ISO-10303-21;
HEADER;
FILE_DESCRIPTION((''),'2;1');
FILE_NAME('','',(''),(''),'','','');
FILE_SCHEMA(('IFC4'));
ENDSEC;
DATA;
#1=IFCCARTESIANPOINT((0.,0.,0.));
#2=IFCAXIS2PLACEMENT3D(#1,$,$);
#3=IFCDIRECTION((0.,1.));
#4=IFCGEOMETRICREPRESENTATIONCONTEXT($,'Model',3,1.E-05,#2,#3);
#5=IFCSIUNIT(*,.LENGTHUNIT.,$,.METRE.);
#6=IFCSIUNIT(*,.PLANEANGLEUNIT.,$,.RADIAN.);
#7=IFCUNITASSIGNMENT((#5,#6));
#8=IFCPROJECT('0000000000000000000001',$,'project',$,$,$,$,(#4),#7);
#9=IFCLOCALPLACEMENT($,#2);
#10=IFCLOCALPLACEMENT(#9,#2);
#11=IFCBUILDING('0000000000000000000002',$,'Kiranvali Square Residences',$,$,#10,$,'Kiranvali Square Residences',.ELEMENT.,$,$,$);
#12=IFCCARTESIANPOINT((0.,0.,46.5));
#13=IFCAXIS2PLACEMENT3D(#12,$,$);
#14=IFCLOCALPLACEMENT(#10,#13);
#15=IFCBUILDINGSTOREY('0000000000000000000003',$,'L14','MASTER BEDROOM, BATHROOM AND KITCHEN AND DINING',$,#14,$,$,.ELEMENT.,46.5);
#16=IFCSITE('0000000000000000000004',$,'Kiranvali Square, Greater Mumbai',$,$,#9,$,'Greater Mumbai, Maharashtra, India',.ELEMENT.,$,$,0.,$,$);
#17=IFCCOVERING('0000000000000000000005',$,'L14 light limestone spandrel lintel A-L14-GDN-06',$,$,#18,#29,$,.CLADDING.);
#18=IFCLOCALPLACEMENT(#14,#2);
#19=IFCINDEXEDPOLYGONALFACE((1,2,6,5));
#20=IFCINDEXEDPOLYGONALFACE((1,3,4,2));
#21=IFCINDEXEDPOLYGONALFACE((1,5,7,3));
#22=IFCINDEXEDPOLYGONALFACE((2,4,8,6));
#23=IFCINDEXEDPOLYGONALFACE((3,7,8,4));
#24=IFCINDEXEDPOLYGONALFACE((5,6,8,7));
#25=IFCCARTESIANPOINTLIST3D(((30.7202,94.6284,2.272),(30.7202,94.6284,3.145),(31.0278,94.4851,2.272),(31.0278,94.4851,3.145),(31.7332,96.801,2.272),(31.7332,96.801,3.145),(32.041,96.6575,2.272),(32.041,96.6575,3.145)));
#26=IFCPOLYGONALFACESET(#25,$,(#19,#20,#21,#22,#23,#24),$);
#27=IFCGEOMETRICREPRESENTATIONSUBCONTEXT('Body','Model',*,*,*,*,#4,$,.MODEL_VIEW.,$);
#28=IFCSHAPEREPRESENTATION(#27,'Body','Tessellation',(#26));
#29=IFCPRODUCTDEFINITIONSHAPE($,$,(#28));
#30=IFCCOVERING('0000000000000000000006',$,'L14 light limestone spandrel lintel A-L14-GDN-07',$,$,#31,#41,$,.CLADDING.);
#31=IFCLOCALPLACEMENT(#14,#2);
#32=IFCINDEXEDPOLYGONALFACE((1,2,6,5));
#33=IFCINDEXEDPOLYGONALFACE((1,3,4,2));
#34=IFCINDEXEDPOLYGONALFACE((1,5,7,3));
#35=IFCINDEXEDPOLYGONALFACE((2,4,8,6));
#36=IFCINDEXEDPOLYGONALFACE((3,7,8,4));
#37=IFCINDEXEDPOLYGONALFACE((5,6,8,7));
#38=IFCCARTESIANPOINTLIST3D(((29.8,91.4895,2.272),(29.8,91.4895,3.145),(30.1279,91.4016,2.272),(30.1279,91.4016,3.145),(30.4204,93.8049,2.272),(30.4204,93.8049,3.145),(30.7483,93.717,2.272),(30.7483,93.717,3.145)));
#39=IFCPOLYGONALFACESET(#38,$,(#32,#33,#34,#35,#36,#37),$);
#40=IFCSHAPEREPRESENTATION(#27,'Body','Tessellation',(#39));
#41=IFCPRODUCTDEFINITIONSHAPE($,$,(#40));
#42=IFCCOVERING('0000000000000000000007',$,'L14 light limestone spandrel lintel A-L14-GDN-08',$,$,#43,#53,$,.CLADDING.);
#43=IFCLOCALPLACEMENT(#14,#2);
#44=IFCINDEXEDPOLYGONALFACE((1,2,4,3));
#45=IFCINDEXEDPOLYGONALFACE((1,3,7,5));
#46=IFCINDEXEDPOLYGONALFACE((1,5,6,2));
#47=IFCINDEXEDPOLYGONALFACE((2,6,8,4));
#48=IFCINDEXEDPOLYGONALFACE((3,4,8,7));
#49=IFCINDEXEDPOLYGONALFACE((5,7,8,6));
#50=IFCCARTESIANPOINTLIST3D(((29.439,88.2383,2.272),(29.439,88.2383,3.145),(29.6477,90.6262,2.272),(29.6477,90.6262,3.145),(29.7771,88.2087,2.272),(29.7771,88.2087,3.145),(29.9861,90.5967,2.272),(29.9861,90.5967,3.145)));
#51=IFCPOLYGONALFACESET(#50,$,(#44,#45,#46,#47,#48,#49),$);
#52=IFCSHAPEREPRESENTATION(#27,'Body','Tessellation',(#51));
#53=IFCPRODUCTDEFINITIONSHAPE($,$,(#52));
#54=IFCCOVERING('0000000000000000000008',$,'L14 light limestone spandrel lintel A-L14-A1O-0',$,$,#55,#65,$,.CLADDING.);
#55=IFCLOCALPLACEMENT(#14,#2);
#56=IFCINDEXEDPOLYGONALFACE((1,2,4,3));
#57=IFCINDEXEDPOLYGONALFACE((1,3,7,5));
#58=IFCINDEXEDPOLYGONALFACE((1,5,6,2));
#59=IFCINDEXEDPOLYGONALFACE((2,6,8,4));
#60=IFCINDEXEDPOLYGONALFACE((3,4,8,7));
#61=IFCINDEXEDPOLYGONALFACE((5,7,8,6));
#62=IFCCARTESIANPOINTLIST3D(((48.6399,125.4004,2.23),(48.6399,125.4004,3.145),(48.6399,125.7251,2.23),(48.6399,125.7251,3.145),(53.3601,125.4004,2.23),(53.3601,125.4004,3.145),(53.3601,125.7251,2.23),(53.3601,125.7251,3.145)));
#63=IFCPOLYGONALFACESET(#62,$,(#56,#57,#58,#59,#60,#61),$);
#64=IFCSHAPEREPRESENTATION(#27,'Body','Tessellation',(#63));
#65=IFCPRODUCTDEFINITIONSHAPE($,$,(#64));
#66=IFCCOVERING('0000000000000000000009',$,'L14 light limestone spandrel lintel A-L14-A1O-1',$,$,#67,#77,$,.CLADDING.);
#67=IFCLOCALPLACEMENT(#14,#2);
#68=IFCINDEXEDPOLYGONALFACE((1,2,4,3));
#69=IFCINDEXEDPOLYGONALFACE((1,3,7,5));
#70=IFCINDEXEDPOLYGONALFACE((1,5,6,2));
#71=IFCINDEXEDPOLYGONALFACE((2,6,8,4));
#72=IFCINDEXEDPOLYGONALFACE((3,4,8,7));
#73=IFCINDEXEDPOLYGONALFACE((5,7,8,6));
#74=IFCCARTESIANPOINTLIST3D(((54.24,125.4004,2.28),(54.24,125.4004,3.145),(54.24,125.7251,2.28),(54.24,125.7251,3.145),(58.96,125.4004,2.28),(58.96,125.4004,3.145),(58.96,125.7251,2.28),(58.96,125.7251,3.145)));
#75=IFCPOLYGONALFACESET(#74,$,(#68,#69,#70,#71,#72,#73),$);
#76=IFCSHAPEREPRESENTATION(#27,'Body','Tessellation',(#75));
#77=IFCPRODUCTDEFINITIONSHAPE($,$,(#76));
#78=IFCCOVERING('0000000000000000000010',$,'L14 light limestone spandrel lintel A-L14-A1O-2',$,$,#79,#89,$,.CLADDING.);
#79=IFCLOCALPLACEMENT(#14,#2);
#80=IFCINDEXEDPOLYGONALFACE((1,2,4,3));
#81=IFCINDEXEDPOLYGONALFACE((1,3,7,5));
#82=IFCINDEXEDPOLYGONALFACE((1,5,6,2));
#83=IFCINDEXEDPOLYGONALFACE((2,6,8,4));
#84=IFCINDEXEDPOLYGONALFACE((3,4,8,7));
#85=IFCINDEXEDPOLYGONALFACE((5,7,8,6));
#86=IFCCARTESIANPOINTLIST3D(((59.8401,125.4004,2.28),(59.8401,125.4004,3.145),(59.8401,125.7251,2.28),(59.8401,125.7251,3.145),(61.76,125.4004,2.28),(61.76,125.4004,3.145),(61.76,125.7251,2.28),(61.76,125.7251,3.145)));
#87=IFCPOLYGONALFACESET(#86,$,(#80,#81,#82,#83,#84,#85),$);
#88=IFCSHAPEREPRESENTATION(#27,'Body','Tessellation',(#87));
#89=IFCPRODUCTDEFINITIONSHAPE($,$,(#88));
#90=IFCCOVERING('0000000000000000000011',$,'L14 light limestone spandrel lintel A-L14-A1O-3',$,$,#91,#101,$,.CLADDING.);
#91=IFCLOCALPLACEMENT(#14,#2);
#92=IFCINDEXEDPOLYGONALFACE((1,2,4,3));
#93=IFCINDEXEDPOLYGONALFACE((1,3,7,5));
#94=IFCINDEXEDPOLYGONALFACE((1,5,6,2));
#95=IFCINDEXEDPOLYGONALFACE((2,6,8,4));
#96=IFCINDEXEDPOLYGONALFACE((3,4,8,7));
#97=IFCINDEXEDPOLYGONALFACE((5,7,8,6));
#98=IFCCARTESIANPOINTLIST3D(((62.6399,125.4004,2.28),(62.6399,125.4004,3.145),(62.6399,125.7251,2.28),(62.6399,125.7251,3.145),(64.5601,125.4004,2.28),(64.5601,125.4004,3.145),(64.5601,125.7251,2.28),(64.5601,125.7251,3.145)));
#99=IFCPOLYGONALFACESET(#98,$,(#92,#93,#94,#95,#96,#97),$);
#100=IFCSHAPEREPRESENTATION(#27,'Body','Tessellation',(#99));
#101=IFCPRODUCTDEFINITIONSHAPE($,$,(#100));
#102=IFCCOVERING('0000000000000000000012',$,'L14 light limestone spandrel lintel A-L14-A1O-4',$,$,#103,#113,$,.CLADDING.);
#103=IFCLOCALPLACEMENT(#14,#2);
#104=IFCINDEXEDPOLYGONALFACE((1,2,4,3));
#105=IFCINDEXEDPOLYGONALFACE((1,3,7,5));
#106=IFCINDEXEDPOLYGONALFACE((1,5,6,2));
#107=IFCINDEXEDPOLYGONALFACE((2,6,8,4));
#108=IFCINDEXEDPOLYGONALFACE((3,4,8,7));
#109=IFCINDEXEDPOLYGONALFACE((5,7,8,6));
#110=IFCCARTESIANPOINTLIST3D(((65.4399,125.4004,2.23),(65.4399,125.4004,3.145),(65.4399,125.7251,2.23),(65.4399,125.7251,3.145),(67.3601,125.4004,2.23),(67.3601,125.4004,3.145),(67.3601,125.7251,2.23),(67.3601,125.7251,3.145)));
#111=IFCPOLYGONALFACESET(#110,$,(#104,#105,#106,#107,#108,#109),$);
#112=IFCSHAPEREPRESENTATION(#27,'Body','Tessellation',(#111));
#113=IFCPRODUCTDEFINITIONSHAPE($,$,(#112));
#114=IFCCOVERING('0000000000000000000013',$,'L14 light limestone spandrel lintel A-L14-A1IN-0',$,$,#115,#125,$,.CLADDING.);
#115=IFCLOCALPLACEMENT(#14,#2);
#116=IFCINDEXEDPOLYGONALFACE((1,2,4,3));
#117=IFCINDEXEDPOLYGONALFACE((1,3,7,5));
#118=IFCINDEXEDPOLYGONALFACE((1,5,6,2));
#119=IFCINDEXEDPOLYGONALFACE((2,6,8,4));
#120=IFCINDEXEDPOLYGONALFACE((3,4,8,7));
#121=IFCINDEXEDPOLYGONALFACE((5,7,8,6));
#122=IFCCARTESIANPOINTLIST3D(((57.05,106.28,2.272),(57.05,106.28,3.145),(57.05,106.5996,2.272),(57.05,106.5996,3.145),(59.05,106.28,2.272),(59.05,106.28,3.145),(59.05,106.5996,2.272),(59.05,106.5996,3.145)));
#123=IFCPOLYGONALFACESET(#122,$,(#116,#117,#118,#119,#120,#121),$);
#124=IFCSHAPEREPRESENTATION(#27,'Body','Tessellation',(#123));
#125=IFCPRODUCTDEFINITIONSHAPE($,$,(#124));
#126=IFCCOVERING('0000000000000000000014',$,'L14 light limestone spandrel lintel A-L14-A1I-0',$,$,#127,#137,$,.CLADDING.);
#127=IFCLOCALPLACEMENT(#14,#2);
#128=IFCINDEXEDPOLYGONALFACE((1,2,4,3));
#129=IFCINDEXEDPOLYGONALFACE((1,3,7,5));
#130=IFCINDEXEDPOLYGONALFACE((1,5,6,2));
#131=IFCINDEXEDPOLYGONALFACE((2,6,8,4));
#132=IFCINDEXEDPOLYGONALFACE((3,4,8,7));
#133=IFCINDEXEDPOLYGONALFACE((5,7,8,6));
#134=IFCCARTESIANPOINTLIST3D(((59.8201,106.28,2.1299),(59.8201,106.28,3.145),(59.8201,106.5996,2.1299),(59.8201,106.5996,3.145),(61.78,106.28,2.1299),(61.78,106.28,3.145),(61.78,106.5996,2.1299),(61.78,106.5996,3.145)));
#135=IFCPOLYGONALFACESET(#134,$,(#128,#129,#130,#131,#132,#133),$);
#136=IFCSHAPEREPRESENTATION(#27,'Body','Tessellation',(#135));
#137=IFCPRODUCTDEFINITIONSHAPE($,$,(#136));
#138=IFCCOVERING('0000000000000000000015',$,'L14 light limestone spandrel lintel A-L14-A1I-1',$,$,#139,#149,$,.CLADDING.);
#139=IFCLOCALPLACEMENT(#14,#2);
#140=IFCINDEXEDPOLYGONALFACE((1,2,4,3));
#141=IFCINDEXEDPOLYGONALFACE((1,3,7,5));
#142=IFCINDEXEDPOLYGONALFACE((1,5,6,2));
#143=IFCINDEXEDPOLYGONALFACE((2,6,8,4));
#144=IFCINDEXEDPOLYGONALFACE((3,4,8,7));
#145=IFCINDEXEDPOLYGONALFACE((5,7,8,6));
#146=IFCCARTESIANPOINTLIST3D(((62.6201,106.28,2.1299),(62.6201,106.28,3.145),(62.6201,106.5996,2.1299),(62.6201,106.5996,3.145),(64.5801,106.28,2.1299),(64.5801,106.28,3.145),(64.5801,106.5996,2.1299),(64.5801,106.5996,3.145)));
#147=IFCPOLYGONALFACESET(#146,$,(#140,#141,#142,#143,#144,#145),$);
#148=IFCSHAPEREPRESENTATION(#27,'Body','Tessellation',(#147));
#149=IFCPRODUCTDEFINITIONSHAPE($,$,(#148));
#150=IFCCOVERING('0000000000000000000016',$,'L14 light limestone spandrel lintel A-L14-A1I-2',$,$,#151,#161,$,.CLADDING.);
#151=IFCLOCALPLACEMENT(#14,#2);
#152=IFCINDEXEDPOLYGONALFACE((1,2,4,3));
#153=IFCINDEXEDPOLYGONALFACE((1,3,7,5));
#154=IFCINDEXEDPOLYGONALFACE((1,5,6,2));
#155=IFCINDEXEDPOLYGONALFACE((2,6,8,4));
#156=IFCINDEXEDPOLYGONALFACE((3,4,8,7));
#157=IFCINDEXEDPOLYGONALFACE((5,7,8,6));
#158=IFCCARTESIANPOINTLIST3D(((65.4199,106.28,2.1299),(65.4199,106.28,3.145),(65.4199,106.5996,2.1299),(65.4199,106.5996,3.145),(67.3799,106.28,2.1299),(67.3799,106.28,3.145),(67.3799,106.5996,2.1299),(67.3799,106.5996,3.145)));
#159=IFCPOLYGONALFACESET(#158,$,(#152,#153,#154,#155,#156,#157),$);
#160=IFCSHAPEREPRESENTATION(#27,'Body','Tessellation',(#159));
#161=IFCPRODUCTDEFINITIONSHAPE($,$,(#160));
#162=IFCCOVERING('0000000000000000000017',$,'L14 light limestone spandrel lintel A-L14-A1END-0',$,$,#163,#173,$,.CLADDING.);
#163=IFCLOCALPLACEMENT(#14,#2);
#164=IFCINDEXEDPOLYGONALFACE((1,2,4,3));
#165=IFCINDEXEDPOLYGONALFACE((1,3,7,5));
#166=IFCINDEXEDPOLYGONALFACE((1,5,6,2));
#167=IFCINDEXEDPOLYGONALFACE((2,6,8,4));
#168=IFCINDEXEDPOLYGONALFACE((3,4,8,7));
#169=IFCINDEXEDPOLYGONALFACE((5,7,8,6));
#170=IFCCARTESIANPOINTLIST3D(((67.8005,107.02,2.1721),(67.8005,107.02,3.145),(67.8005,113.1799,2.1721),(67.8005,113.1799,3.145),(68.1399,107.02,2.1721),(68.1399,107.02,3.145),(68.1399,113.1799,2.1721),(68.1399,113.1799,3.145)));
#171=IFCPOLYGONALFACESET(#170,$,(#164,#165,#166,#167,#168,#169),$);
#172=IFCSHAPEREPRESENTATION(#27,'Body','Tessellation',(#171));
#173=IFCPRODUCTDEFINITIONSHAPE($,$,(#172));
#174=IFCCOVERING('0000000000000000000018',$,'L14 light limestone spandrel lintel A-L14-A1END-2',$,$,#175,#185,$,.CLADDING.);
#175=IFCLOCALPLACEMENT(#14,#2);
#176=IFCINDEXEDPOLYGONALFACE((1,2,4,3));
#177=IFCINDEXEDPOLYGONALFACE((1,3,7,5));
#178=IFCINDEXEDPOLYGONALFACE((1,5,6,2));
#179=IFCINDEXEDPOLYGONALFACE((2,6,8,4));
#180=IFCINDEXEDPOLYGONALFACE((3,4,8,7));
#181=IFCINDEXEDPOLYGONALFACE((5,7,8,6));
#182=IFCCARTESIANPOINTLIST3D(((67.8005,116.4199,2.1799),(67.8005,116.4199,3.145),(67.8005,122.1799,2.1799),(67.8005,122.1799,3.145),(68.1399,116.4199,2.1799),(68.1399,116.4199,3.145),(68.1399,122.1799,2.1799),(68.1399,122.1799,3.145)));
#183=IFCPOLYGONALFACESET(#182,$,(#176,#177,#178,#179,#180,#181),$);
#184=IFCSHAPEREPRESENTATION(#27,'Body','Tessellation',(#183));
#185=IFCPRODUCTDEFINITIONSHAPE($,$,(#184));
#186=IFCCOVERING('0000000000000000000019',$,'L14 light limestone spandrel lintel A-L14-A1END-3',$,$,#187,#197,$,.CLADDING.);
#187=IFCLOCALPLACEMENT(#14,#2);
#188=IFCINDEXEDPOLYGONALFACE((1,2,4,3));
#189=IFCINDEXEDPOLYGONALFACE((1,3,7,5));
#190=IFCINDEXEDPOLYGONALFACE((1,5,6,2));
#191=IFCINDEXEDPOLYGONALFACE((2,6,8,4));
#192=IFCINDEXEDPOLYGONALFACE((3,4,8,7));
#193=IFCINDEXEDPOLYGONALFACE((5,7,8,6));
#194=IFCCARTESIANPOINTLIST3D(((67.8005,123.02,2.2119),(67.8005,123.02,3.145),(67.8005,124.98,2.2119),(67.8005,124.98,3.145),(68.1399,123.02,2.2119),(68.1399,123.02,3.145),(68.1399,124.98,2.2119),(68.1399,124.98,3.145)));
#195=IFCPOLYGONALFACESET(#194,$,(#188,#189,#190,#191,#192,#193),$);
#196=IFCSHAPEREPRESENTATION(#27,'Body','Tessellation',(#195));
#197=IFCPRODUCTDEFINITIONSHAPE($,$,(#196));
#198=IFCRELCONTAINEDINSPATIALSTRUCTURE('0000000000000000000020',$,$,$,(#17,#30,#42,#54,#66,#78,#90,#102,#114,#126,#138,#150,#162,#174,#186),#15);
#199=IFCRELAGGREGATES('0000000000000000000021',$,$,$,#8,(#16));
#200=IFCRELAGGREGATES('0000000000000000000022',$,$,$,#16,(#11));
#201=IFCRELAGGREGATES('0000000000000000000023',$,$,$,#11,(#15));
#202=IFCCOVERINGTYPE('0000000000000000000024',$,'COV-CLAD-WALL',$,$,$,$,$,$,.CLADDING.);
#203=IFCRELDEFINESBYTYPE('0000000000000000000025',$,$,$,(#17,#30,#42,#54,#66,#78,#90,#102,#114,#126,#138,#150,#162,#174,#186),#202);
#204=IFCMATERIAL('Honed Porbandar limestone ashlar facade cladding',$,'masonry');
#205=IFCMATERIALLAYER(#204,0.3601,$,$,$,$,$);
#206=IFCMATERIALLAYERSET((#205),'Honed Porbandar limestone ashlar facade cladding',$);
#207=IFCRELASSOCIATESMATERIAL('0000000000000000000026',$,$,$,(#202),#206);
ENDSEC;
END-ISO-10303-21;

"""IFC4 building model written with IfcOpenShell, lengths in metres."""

from ifc_helpers import new_model, si_unit, direction, frame, origin, place, context, subcontext, project, spatial, polyline, outline, extrude, material, layer, layer_set, type_object, element, save


model = new_model("IFC4")

# Units and contexts
model_context = context("Model", 3, precision=1e-05, world=origin(), true_north=direction((0.0, 1.0)))
body_context = subcontext(model_context, "Body", "Model", "MODEL_VIEW")
ifc_project = project(units=[si_unit("LENGTHUNIT", "METRE"), si_unit("PLANEANGLEUNIT", "RADIAN")], contexts=[model_context])

# Site, building, storey
site_placement = place(None, origin())
site = spatial("IfcSite", under=ifc_project, at=site_placement, Name="Kiranvali Square, Greater Mumbai", LongName="Greater Mumbai, Maharashtra, India", CompositionType="ELEMENT", RefElevation=0.0)
building_placement = place(site_placement, origin())
building = spatial("IfcBuilding", under=site, at=building_placement, Name="Kiranvali Square Residences", LongName="Kiranvali Square Residences", CompositionType="ELEMENT")
storey_placement = place(building_placement, frame((0.0, 0.0, 46.5)))
storey = spatial("IfcBuildingStorey", under=building, at=storey_placement, Name="L14", Description="MASTER BEDROOM, BATHROOM AND KITCHEN AND DINING", CompositionType="ELEMENT", Elevation=46.5)

# Coverings
ifc_material = material(Name="Honed Porbandar limestone ashlar facade cladding", Category="masonry")
ifc_layer = layer(ifc_material, 0.3601)
ifc_layer_set = layer_set([ifc_layer], Name="Honed Porbandar limestone ashlar facade cladding")
covering_type = type_object("IfcCoveringType", Name="COV-CLAD-WALL", PredefinedType="CLADDING", material=ifc_layer_set)
covering_1_placement = place(storey_placement, frame((0.0, 0.0, 2.272)))
element("IfcCovering", 1, at=covering_1_placement, inside=storey, type_object=covering_type, Name="L14 light limestone spandrel lintel A-L14-GDN-06", PredefinedType="CLADDING", context=body_context, shape_type="SweptSolid", body=[
    extrude(outline(polyline([(31.7332, 96.801), (30.7202, 94.6284), (31.0278, 94.4851), (32.041, 96.6575), (31.7332, 96.801)])), origin(), (0.0, 0.0, 1.0), 0.873),
])
covering_2_placement = place(storey_placement, frame((0.0, 0.0, 2.272)))
element("IfcCovering", 2, at=covering_2_placement, inside=storey, type_object=covering_type, Name="L14 light limestone spandrel lintel A-L14-GDN-07", PredefinedType="CLADDING", context=body_context, shape_type="SweptSolid", body=[
    extrude(outline(polyline([(30.4204, 93.8049), (29.8, 91.4895), (30.1279, 91.4016), (30.7483, 93.717), (30.4204, 93.8049)])), origin(), (0.0, 0.0, 1.0), 0.873),
])
covering_3_placement = place(storey_placement, frame((0.0, 0.0, 2.272)))
element("IfcCovering", 3, at=covering_3_placement, inside=storey, type_object=covering_type, Name="L14 light limestone spandrel lintel A-L14-GDN-08", PredefinedType="CLADDING", context=body_context, shape_type="SweptSolid", body=[
    extrude(outline(polyline([(29.6477, 90.6262), (29.439, 88.2383), (29.7771, 88.2087), (29.9861, 90.5967), (29.6477, 90.6262)])), origin(), (0.0, 0.0, 1.0), 0.873),
])
covering_4_placement = place(storey_placement, frame((0.0, 0.0, 2.23)))
element("IfcCovering", 4, at=covering_4_placement, inside=storey, type_object=covering_type, Name="L14 light limestone spandrel lintel A-L14-A1O-0", PredefinedType="CLADDING", context=body_context, shape_type="SweptSolid", body=[
    extrude(outline(polyline([(48.6399, 125.4004), (53.3601, 125.4004), (53.3601, 125.7251), (48.6399, 125.7251), (48.6399, 125.4004)])), origin(), (0.0, 0.0, 1.0), 0.915),
])
covering_5_placement = place(storey_placement, frame((0.0, 0.0, 2.28)))
element("IfcCovering", 5, at=covering_5_placement, inside=storey, type_object=covering_type, Name="L14 light limestone spandrel lintel A-L14-A1O-1", PredefinedType="CLADDING", context=body_context, shape_type="SweptSolid", body=[
    extrude(outline(polyline([(54.24, 125.4004), (58.96, 125.4004), (58.96, 125.7251), (54.24, 125.7251), (54.24, 125.4004)])), origin(), (0.0, 0.0, 1.0), 0.865),
])
covering_6_placement = place(storey_placement, frame((0.0, 0.0, 2.28)))
element("IfcCovering", 6, at=covering_6_placement, inside=storey, type_object=covering_type, Name="L14 light limestone spandrel lintel A-L14-A1O-2", PredefinedType="CLADDING", context=body_context, shape_type="SweptSolid", body=[
    extrude(outline(polyline([(59.8401, 125.4004), (61.76, 125.4004), (61.76, 125.7251), (59.8401, 125.7251), (59.8401, 125.4004)])), origin(), (0.0, 0.0, 1.0), 0.865),
])
covering_7_placement = place(storey_placement, frame((0.0, 0.0, 2.28)))
element("IfcCovering", 7, at=covering_7_placement, inside=storey, type_object=covering_type, Name="L14 light limestone spandrel lintel A-L14-A1O-3", PredefinedType="CLADDING", context=body_context, shape_type="SweptSolid", body=[
    extrude(outline(polyline([(62.6399, 125.4004), (64.5601, 125.4004), (64.5601, 125.7251), (62.6399, 125.7251), (62.6399, 125.4004)])), origin(), (0.0, 0.0, 1.0), 0.865),
])
covering_8_placement = place(storey_placement, frame((0.0, 0.0, 2.23)))
element("IfcCovering", 8, at=covering_8_placement, inside=storey, type_object=covering_type, Name="L14 light limestone spandrel lintel A-L14-A1O-4", PredefinedType="CLADDING", context=body_context, shape_type="SweptSolid", body=[
    extrude(outline(polyline([(65.4399, 125.4004), (67.3601, 125.4004), (67.3601, 125.7251), (65.4399, 125.7251), (65.4399, 125.4004)])), origin(), (0.0, 0.0, 1.0), 0.915),
])
covering_9_placement = place(storey_placement, frame((0.0, 0.0, 2.272)))
element("IfcCovering", 9, at=covering_9_placement, inside=storey, type_object=covering_type, Name="L14 light limestone spandrel lintel A-L14-A1IN-0", PredefinedType="CLADDING", context=body_context, shape_type="SweptSolid", body=[
    extrude(outline(polyline([(57.05, 106.28), (59.05, 106.28), (59.05, 106.5996), (57.05, 106.5996), (57.05, 106.28)])), origin(), (0.0, 0.0, 1.0), 0.873),
])
covering_10_placement = place(storey_placement, frame((0.0, 0.0, 2.1299)))
element("IfcCovering", 10, at=covering_10_placement, inside=storey, type_object=covering_type, Name="L14 light limestone spandrel lintel A-L14-A1I-0", PredefinedType="CLADDING", context=body_context, shape_type="SweptSolid", body=[
    extrude(outline(polyline([(59.8201, 106.28), (61.78, 106.28), (61.78, 106.5996), (59.8201, 106.5996), (59.8201, 106.28)])), origin(), (0.0, 0.0, 1.0), 1.0151),
])
covering_11_placement = place(storey_placement, frame((0.0, 0.0, 2.1299)))
element("IfcCovering", 11, at=covering_11_placement, inside=storey, type_object=covering_type, Name="L14 light limestone spandrel lintel A-L14-A1I-1", PredefinedType="CLADDING", context=body_context, shape_type="SweptSolid", body=[
    extrude(outline(polyline([(62.6201, 106.28), (64.5801, 106.28), (64.5801, 106.5996), (62.6201, 106.5996), (62.6201, 106.28)])), origin(), (0.0, 0.0, 1.0), 1.0151),
])
covering_12_placement = place(storey_placement, frame((0.0, 0.0, 2.1299)))
element("IfcCovering", 12, at=covering_12_placement, inside=storey, type_object=covering_type, Name="L14 light limestone spandrel lintel A-L14-A1I-2", PredefinedType="CLADDING", context=body_context, shape_type="SweptSolid", body=[
    extrude(outline(polyline([(65.4199, 106.28), (67.3799, 106.28), (67.3799, 106.5996), (65.4199, 106.5996), (65.4199, 106.28)])), origin(), (0.0, 0.0, 1.0), 1.0151),
])
covering_13_placement = place(storey_placement, frame((0.0, 0.0, 2.1721)))
element("IfcCovering", 13, at=covering_13_placement, inside=storey, type_object=covering_type, Name="L14 light limestone spandrel lintel A-L14-A1END-0", PredefinedType="CLADDING", context=body_context, shape_type="SweptSolid", body=[
    extrude(outline(polyline([(68.1399, 107.02), (68.1399, 113.1799), (67.8005, 113.1799), (67.8005, 107.02), (68.1399, 107.02)])), origin(), (0.0, 0.0, 1.0), 0.9729),
])
covering_14_placement = place(storey_placement, frame((0.0, 0.0, 2.1799)))
element("IfcCovering", 14, at=covering_14_placement, inside=storey, type_object=covering_type, Name="L14 light limestone spandrel lintel A-L14-A1END-2", PredefinedType="CLADDING", context=body_context, shape_type="SweptSolid", body=[
    extrude(outline(polyline([(68.1399, 116.4199), (68.1399, 122.1799), (67.8005, 122.1799), (67.8005, 116.4199), (68.1399, 116.4199)])), origin(), (0.0, 0.0, 1.0), 0.9651),
])
covering_15_placement = place(storey_placement, frame((0.0, 0.0, 2.2119)))
element("IfcCovering", 15, at=covering_15_placement, inside=storey, type_object=covering_type, Name="L14 light limestone spandrel lintel A-L14-A1END-3", PredefinedType="CLADDING", context=body_context, shape_type="SweptSolid", body=[
    extrude(outline(polyline([(68.1399, 123.02), (68.1399, 124.98), (67.8005, 124.98), (67.8005, 123.02), (68.1399, 123.02)])), origin(), (0.0, 0.0, 1.0), 0.9331),
])

save(model, "model.ifc")
